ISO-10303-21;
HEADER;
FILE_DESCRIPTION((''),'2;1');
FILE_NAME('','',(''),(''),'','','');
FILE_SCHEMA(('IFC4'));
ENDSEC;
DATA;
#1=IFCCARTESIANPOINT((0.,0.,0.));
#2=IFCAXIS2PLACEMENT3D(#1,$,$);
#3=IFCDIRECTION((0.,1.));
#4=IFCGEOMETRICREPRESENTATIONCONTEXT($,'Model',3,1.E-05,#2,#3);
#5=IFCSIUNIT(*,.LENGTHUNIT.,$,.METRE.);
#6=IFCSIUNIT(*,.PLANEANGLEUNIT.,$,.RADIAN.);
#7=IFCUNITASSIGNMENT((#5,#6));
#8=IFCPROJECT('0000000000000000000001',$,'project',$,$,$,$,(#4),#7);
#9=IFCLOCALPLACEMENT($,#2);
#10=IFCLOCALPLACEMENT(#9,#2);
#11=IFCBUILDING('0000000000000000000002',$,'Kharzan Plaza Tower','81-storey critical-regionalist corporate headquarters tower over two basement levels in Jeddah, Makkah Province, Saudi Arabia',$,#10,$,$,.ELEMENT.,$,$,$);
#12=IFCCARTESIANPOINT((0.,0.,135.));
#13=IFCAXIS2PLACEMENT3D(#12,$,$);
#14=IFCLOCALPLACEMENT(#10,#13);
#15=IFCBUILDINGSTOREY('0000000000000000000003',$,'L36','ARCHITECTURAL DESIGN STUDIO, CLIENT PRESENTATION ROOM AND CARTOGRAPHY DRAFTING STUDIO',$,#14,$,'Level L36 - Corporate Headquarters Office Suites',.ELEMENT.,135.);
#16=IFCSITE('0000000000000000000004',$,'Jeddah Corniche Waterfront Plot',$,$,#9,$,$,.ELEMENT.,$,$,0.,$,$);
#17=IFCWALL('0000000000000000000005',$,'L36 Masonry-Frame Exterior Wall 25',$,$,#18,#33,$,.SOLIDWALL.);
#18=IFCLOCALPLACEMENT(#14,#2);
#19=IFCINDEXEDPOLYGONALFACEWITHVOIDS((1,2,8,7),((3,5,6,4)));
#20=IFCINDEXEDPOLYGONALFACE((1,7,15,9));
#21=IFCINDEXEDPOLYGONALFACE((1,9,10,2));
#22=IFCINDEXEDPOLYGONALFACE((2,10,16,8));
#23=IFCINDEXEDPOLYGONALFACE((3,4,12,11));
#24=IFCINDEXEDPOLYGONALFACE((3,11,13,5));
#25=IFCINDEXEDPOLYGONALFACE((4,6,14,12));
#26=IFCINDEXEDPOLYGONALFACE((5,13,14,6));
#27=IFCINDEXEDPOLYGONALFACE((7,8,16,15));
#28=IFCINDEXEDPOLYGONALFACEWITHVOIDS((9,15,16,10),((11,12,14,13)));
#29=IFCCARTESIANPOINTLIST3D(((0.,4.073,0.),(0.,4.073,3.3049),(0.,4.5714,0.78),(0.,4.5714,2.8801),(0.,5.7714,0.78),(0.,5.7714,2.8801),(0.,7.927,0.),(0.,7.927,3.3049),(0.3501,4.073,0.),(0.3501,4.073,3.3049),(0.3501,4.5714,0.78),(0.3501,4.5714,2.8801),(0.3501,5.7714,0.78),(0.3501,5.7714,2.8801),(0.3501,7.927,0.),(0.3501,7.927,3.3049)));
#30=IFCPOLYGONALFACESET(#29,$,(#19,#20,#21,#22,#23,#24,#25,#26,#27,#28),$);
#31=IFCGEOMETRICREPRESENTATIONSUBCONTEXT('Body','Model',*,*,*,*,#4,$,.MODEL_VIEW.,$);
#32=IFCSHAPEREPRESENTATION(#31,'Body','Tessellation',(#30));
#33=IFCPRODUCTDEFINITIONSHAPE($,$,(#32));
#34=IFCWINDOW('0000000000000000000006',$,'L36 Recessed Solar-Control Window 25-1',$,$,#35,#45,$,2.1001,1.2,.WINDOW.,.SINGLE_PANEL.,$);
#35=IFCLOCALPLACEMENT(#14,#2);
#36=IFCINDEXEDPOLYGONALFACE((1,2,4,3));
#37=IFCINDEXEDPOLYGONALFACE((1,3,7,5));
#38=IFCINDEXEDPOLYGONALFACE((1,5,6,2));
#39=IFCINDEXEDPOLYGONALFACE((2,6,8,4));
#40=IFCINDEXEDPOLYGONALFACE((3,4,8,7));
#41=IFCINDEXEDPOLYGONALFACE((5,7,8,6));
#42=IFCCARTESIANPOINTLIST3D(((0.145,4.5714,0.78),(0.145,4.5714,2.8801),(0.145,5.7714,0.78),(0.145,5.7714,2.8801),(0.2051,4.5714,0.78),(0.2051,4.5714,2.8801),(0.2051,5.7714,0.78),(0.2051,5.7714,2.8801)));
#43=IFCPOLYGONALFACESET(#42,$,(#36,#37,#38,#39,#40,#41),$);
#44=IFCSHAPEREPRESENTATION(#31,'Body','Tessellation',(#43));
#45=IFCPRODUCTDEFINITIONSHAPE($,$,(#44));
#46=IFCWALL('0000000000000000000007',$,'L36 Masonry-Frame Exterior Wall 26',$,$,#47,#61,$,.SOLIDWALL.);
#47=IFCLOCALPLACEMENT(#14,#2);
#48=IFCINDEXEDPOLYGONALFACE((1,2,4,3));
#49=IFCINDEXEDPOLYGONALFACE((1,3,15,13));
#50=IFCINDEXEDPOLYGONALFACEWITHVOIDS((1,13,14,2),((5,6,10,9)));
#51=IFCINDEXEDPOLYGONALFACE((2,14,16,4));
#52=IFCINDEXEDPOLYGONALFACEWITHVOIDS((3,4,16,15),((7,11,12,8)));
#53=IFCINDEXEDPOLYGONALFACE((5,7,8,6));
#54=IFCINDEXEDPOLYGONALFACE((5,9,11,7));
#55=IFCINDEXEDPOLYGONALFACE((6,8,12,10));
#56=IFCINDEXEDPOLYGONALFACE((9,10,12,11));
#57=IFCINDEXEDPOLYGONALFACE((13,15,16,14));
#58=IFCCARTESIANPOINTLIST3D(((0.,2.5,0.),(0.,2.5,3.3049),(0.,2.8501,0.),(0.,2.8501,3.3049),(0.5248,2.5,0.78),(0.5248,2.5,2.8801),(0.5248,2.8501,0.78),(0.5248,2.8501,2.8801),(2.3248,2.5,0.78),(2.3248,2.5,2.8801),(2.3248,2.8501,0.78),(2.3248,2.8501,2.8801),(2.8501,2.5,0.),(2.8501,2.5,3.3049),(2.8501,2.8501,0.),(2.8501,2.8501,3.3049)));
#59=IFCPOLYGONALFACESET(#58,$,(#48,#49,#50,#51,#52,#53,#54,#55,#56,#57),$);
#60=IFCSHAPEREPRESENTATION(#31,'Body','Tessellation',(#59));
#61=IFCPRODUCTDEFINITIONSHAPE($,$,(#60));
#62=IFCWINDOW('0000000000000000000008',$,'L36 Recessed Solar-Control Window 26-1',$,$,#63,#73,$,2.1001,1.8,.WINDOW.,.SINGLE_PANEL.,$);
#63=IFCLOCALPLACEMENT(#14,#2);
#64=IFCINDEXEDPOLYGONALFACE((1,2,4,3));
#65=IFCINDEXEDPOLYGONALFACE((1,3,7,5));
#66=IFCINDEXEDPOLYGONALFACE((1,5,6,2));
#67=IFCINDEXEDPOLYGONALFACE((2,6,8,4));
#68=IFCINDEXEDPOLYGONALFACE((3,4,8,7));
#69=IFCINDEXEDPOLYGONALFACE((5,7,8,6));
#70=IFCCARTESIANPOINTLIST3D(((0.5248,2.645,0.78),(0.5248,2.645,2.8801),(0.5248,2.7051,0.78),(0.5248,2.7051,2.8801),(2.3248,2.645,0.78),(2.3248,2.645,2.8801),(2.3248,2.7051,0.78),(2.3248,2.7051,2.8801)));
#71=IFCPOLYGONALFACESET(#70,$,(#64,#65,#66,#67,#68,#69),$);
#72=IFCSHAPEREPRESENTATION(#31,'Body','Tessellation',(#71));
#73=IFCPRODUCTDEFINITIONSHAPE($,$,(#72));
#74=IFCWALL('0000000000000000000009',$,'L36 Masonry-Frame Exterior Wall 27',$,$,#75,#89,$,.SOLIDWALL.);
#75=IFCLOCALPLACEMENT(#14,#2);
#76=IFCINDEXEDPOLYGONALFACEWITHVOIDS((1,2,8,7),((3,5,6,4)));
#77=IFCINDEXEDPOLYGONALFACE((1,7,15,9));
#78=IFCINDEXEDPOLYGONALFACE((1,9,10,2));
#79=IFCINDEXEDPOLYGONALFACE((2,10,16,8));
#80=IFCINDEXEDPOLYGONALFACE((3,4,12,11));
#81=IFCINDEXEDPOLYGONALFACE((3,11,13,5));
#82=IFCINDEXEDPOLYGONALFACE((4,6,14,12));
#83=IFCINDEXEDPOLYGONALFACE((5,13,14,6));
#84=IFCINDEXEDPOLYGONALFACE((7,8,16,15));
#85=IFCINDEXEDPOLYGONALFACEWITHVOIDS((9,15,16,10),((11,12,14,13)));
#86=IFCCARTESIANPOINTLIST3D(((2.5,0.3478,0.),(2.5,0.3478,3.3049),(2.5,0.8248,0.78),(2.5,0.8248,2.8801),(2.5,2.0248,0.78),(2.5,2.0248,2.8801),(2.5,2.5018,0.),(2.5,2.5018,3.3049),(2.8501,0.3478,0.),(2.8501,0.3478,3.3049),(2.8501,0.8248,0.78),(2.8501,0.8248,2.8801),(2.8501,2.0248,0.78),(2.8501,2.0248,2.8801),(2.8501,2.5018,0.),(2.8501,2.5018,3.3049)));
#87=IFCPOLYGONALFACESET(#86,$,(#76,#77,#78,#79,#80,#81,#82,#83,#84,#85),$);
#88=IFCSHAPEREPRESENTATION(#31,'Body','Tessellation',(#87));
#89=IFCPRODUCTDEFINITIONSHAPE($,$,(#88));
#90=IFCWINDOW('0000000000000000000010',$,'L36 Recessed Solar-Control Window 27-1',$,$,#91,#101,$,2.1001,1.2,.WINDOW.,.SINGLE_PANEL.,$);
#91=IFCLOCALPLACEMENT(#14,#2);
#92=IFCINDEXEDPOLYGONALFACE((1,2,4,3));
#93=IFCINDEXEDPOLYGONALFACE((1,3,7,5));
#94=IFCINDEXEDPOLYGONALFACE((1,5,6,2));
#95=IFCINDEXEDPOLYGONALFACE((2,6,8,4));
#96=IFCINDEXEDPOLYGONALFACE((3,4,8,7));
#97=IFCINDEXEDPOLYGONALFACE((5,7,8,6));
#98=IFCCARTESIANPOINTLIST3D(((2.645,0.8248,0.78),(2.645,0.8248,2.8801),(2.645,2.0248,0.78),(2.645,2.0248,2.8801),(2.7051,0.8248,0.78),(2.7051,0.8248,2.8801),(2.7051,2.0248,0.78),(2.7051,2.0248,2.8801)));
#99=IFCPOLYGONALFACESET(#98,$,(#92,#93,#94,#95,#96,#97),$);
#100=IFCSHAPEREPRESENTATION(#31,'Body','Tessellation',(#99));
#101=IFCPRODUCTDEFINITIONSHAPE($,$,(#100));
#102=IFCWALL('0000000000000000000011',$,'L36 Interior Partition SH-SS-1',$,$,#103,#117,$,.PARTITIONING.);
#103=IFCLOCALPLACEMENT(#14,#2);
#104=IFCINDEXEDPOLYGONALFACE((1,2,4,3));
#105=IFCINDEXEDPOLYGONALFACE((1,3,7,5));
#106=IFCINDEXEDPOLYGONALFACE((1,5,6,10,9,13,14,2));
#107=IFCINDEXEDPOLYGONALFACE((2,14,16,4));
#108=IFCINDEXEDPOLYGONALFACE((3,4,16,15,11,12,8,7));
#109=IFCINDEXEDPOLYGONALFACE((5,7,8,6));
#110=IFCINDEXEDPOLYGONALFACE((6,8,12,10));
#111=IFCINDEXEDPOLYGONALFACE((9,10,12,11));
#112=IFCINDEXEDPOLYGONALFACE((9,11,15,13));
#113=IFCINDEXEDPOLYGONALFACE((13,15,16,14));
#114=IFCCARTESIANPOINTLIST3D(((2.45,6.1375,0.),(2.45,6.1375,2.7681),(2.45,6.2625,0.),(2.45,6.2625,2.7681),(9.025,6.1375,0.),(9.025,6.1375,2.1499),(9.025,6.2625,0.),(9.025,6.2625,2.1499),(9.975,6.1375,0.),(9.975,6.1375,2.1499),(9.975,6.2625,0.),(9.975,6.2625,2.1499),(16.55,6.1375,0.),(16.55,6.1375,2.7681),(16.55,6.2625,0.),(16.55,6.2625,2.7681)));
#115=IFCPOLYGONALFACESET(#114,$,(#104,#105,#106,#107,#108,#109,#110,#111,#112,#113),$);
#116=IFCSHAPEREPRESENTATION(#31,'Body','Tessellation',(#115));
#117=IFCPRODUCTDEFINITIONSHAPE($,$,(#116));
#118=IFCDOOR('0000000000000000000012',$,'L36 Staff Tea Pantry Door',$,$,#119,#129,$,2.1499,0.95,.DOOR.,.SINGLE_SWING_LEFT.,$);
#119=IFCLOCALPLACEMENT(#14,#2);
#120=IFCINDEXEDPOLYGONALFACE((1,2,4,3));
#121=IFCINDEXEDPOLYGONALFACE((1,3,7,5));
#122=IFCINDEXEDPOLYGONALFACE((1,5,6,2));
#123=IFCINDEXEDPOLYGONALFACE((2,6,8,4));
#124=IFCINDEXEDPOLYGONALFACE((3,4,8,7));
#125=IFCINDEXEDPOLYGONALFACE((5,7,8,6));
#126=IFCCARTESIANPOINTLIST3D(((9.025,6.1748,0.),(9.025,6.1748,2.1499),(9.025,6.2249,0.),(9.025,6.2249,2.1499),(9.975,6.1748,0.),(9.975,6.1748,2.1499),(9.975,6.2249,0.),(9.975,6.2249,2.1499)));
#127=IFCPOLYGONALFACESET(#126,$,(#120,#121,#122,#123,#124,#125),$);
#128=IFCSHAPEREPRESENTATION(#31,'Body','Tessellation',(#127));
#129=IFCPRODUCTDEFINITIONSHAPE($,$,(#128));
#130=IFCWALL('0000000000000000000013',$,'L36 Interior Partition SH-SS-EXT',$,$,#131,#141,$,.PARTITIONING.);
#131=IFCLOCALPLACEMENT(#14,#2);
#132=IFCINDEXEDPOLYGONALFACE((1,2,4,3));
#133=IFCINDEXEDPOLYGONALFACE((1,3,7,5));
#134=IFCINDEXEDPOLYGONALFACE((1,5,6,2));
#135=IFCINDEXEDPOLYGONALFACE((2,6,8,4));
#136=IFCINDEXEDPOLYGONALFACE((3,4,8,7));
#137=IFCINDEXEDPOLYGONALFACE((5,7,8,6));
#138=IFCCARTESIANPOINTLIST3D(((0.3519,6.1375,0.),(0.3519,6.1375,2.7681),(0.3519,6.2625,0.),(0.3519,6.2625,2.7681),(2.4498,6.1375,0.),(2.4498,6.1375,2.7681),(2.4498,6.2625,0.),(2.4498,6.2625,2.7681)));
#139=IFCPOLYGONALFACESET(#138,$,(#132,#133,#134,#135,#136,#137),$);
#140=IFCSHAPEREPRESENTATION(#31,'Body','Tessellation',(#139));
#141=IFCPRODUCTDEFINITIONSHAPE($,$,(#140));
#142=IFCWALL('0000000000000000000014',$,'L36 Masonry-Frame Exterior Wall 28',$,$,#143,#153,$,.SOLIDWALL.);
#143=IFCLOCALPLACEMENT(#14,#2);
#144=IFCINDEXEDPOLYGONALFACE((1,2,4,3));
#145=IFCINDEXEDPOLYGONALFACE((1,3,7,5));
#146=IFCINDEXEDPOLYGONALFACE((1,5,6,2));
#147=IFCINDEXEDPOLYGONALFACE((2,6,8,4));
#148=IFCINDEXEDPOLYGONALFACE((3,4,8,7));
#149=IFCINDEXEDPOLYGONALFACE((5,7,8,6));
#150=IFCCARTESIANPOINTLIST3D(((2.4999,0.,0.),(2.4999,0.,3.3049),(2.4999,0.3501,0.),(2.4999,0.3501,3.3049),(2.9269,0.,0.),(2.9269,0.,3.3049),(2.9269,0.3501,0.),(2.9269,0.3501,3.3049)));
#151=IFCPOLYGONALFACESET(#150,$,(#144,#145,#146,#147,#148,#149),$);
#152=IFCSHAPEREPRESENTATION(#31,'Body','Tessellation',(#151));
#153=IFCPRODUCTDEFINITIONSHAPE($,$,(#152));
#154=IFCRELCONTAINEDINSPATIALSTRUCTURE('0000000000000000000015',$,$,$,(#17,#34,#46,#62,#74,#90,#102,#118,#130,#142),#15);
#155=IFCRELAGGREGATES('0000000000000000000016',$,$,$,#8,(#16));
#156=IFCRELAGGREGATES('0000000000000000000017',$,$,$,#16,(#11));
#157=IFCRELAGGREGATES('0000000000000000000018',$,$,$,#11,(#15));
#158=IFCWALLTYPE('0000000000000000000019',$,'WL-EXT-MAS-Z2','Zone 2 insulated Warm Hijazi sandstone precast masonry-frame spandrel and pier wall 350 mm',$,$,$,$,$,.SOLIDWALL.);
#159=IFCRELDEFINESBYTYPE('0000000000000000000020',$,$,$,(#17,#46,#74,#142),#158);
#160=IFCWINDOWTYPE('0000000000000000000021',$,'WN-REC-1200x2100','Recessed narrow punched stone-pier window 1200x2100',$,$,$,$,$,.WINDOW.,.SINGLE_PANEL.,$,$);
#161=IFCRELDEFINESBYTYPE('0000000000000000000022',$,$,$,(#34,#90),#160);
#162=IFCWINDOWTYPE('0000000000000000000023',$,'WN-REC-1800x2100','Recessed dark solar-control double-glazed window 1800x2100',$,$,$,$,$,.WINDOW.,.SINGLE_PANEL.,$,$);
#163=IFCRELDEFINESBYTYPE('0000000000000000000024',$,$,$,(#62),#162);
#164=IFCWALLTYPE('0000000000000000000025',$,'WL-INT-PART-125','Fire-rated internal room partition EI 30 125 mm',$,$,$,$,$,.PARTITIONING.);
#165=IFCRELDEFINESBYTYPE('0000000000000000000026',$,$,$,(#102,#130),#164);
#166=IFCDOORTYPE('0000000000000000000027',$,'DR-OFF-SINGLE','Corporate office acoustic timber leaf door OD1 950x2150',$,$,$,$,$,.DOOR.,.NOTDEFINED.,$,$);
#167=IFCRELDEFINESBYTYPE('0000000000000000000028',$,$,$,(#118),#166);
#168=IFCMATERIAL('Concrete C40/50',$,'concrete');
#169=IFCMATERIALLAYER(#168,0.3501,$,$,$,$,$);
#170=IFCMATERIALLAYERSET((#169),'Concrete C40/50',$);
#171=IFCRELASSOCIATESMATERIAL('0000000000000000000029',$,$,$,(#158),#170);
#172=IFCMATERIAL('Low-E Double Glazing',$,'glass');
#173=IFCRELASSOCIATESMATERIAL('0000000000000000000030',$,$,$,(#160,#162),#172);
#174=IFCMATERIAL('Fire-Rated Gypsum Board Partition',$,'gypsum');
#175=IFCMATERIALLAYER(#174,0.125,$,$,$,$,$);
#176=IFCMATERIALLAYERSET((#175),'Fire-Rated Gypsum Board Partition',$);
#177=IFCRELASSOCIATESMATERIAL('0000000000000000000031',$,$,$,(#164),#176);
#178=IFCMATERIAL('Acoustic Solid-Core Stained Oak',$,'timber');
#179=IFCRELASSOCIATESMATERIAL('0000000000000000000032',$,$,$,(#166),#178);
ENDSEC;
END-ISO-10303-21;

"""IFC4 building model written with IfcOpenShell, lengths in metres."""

from ifc_helpers import new_model, si_unit, direction, frame, frame_2d, origin, place, context, subcontext, project, spatial, rectangle, extrude, source, transform, mapped, material, layer, layer_set, type_object, element, fill, save


model = new_model("IFC4")

# Units and contexts
model_context = context("Model", 3, precision=1e-05, world=origin(), true_north=direction((0.0, 1.0)))
body_context = subcontext(model_context, "Body", "Model", "MODEL_VIEW")
ifc_project = project(units=[si_unit("LENGTHUNIT", "METRE"), si_unit("PLANEANGLEUNIT", "RADIAN")], contexts=[model_context])

# Site, building, storey
site_placement = place(None, origin())
site = spatial("IfcSite", under=ifc_project, at=site_placement, Name="Jeddah Corniche Waterfront Plot", CompositionType="ELEMENT", RefElevation=0.0)
building_placement = place(site_placement, origin())
building = spatial("IfcBuilding", under=site, at=building_placement, Name="Kharzan Plaza Tower", Description="81-storey critical-regionalist corporate headquarters tower over two basement levels in Jeddah, Makkah Province, Saudi Arabia", CompositionType="ELEMENT")
storey_placement = place(building_placement, frame((0.0, 0.0, 135.0)))
storey = spatial("IfcBuildingStorey", under=building, at=storey_placement, Name="L36", Description="ARCHITECTURAL DESIGN STUDIO, CLIENT PRESENTATION ROOM AND CARTOGRAPHY DRAFTING STUDIO", LongName="Level L36 - Corporate Headquarters Office Suites", CompositionType="ELEMENT", Elevation=135.0)

# Shared definitions
ifc_material_1 = material(Name="Concrete C40/50", Category="concrete")

# Walls, openings, windows
ifc_layer_1 = layer(ifc_material_1, 0.3501)
ifc_layer_set_1 = layer_set([ifc_layer_1], Name="Concrete C40/50")
wall_type_1 = type_object("IfcWallType", Name="WL-EXT-MAS-Z2", Description="Zone 2 insulated Warm Hijazi sandstone precast masonry-frame spandrel and pier wall 350 mm", PredefinedType="SOLIDWALL", material=ifc_layer_set_1)
wall_1_placement = place(storey_placement, frame((0.175, 7.927, 0.0), z_axis=(0.0, 0.0, 1.0), x_axis=(0.0, -1.0, 0.0)))
wall_1 = element("IfcWall", 1, at=wall_1_placement, inside=storey, type_object=wall_type_1, Name="L36 Masonry-Frame Exterior Wall 25", PredefinedType="SOLIDWALL", context=body_context, shape_type="SweptSolid", body=[
    extrude(rectangle(XDim=3.854, YDim=0.3501, at=frame_2d((1.927, 0.0))), origin(), (0.0, 0.0, 1.0), 3.3049),
])
opening_1_placement = place(wall_1_placement, frame((2.1555, 0.0, 0.78)))
opening_1 = element("IfcOpeningElement", 2, at=opening_1_placement, cuts=wall_1, PredefinedType="OPENING", context=body_context, shape_type="SweptSolid", body=[
    extrude(rectangle(XDim=1.2, YDim=2.1001, at=frame_2d((0.6001, 1.05))), frame((0.0, 0.1851, 0.0), z_axis=(0.0, -1.0, 0.0), x_axis=(1.0, 0.0, 0.0)), (0.0, 0.0, 1.0), 0.3701),
])
ifc_material_2 = material(Name="Low-E Double Glazing", Category="glass")
window_type_1 = type_object("IfcWindowType", Name="WN-REC-1200x2100", Description="Recessed narrow punched stone-pier window 1200x2100", PartitioningType="SINGLE_PANEL", PredefinedType="WINDOW", material=ifc_material_2)
shared_shape_1 = source(origin(), body_context, "Body", "SweptSolid", [
    extrude(rectangle(XDim=1.2, YDim=2.1001, at=frame_2d((0.6001, 1.05))), frame((0.0, 0.03, 0.0), z_axis=(0.0, -1.0, 0.0), x_axis=(1.0, 0.0, 0.0)), (0.0, 0.0, 1.0), 0.0601),
])
window_1_placement = place(opening_1_placement, origin())
window_1 = element("IfcWindow", 3, at=window_1_placement, inside=storey, type_object=window_type_1, Name="L36 Recessed Solar-Control Window 25-1", OverallHeight=2.1001, OverallWidth=1.2, PartitioningType="SINGLE_PANEL", PredefinedType="WINDOW", context=body_context, shape_type="MappedRepresentation", body=[
    mapped(shared_shape_1, transform((0.0, 0.0, 0.0), x_axis=(1.0, 0.0, 0.0), y_axis=(0.0, 1.0, 0.0), z_axis=(0.0, 0.0, 1.0))),
])
fill(opening_1, window_1)
wall_2_placement = place(storey_placement, frame((0.0, 2.675, 0.0), z_axis=(0.0, 0.0, 1.0), x_axis=(1.0, 0.0, 0.0)))
wall_2 = element("IfcWall", 4, at=wall_2_placement, inside=storey, type_object=wall_type_1, Name="L36 Masonry-Frame Exterior Wall 26", PredefinedType="SOLIDWALL", context=body_context, shape_type="SweptSolid", body=[
    extrude(rectangle(XDim=2.8501, YDim=0.3501, at=frame_2d((1.425, 0.0))), origin(), (0.0, 0.0, 1.0), 3.3049),
])
opening_2_placement = place(wall_2_placement, frame((0.5249, 0.0, 0.78)))
opening_2 = element("IfcOpeningElement", 5, at=opening_2_placement, cuts=wall_2, PredefinedType="OPENING", context=body_context, shape_type="SweptSolid", body=[
    extrude(rectangle(XDim=1.8, YDim=2.1001, at=frame_2d((0.8999, 1.05))), frame((0.0, 0.1851, 0.0), z_axis=(0.0, -1.0, 0.0), x_axis=(1.0, 0.0, 0.0)), (0.0, 0.0, 1.0), 0.3701),
])
window_type_2 = type_object("IfcWindowType", Name="WN-REC-1800x2100", Description="Recessed dark solar-control double-glazed window 1800x2100", PartitioningType="SINGLE_PANEL", PredefinedType="WINDOW", material=ifc_material_2)
shared_shape_2 = source(origin(), body_context, "Body", "SweptSolid", [
    extrude(rectangle(XDim=1.8, YDim=2.1001, at=frame_2d((0.8999, 1.05))), frame((0.0, 0.03, 0.0), z_axis=(0.0, -1.0, 0.0), x_axis=(1.0, 0.0, 0.0)), (0.0, 0.0, 1.0), 0.0601),
])
window_2_placement = place(opening_2_placement, origin())
window_2 = element("IfcWindow", 6, at=window_2_placement, inside=storey, type_object=window_type_2, Name="L36 Recessed Solar-Control Window 26-1", OverallHeight=2.1001, OverallWidth=1.8, PartitioningType="SINGLE_PANEL", PredefinedType="WINDOW", context=body_context, shape_type="MappedRepresentation", body=[
    mapped(shared_shape_2, transform((0.0, 0.0, 0.0), x_axis=(1.0, 0.0, 0.0), y_axis=(0.0, 1.0, 0.0), z_axis=(0.0, 0.0, 1.0))),
])
fill(opening_2, window_2)
wall_3_placement = place(storey_placement, frame((2.675, 2.502, 0.0), z_axis=(0.0, 0.0, 1.0), x_axis=(0.0, -1.0, 0.0)))
wall_3 = element("IfcWall", 7, at=wall_3_placement, inside=storey, type_object=wall_type_1, Name="L36 Masonry-Frame Exterior Wall 27", PredefinedType="SOLIDWALL", context=body_context, shape_type="SweptSolid", body=[
    extrude(rectangle(XDim=2.1541, YDim=0.3501, at=frame_2d((1.0771, 0.0))), origin(), (0.0, 0.0, 1.0), 3.3049),
])
opening_3_placement = place(wall_3_placement, frame((0.4771, 0.0, 0.78)))
opening_3 = element("IfcOpeningElement", 8, at=opening_3_placement, cuts=wall_3, PredefinedType="OPENING", context=body_context, shape_type="SweptSolid", body=[
    extrude(rectangle(XDim=1.2, YDim=2.1001, at=frame_2d((0.6001, 1.05))), frame((0.0, 0.1851, 0.0), z_axis=(0.0, -1.0, 0.0), x_axis=(1.0, 0.0, 0.0)), (0.0, 0.0, 1.0), 0.3701),
])
window_3_placement = place(opening_3_placement, origin())
window_3 = element("IfcWindow", 9, at=window_3_placement, inside=storey, type_object=window_type_1, Name="L36 Recessed Solar-Control Window 27-1", OverallHeight=2.1001, OverallWidth=1.2, PartitioningType="SINGLE_PANEL", PredefinedType="WINDOW", context=body_context, shape_type="MappedRepresentation", body=[
    mapped(shared_shape_1, transform((0.0, 0.0, 0.0), x_axis=(1.0, 0.0, 0.0), y_axis=(0.0, 1.0, 0.0), z_axis=(0.0, 0.0, 1.0))),
])
fill(opening_3, window_3)

# Wall, opening, door
ifc_material_3 = material(Name="Fire-Rated Gypsum Board Partition", Category="gypsum")
ifc_layer_2 = layer(ifc_material_3, 0.125)
ifc_layer_set_2 = layer_set([ifc_layer_2], Name="Fire-Rated Gypsum Board Partition")
wall_type_2 = type_object("IfcWallType", Name="WL-INT-PART-125", Description="Fire-rated internal room partition EI 30 125 mm", PredefinedType="PARTITIONING", material=ifc_layer_set_2)
ifc_material_4 = material(Name="Acoustic Solid-Core Stained Oak", Category="timber")
door_type = type_object("IfcDoorType", Name="DR-OFF-SINGLE", Description="Corporate office acoustic timber leaf door OD1 950x2150", OperationType="NOTDEFINED", PredefinedType="DOOR", material=ifc_material_4)
shared_shape_3 = source(origin(), body_context, "Body", "SweptSolid", [
    extrude(rectangle(XDim=0.95, YDim=2.1499, at=frame_2d((0.4751, 1.075))), frame((0.0, 0.0249, 0.0), z_axis=(0.0, -1.0, 0.0), x_axis=(1.0, 0.0, 0.0)), (0.0, 0.0, 1.0), 0.05),
])
wall_4_placement = place(storey_placement, frame((2.45, 6.2, 0.0), z_axis=(0.0, 0.0, 1.0), x_axis=(1.0, 0.0, 0.0)))
wall_4 = element("IfcWall", 10, at=wall_4_placement, inside=storey, type_object=wall_type_2, Name="L36 Interior Partition SH-SS-1", PredefinedType="PARTITIONING", context=body_context, shape_type="SweptSolid", body=[
    extrude(rectangle(XDim=14.1001, YDim=0.125, at=frame_2d((7.05, 0.0))), origin(), (0.0, 0.0, 1.0), 2.7681),
])
opening_4_placement = place(wall_4_placement, frame((6.575, 0.0, 0.0)))
opening_4 = element("IfcOpeningElement", 11, at=opening_4_placement, cuts=wall_4, PredefinedType="OPENING", context=body_context, shape_type="SweptSolid", body=[
    extrude(rectangle(XDim=0.95, YDim=2.1499, at=frame_2d((0.4751, 1.075))), frame((0.0, 0.0725, 0.0), z_axis=(0.0, -1.0, 0.0), x_axis=(1.0, 0.0, 0.0)), (0.0, 0.0, 1.0), 0.145),
])
door_1_placement = place(opening_4_placement, origin())
door_1 = element("IfcDoor", 12, at=door_1_placement, inside=storey, type_object=door_type, Name="L36 Staff Tea Pantry Door", OperationType="SINGLE_SWING_LEFT", OverallHeight=2.1499, OverallWidth=0.95, PredefinedType="DOOR", context=body_context, shape_type="MappedRepresentation", body=[
    mapped(shared_shape_3, transform((0.0, 0.0, 0.0), x_axis=(1.0, 0.0, 0.0), y_axis=(0.0, 1.0, 0.0), z_axis=(0.0, 0.0, 1.0))),
])
fill(opening_4, door_1)

# Walls
shared_shape_4 = source(origin(), body_context, "Body", "SweptSolid", [
    extrude(rectangle(XDim=2.0979, YDim=0.125, at=frame_2d((1.0488, 0.0))), origin(), (0.0, 0.0, 1.0), 2.7681),
])
wall_5_placement = place(storey_placement, frame((0.3521, 6.2, 0.0), z_axis=(0.0, 0.0, 1.0), x_axis=(1.0, 0.0, 0.0)))
element("IfcWall", 13, at=wall_5_placement, inside=storey, type_object=wall_type_2, Name="L36 Interior Partition SH-SS-EXT", PredefinedType="PARTITIONING", context=body_context, shape_type="MappedRepresentation", body=[
    mapped(shared_shape_4, transform((0.0, 0.0, 0.0), x_axis=(1.0, 0.0, 0.0), y_axis=(0.0, 1.0, 0.0), z_axis=(0.0, 0.0, 1.0))),
])
shared_shape_5 = source(origin(), body_context, "Body", "SweptSolid", [
    extrude(rectangle(XDim=0.427, YDim=0.3501, at=frame_2d((0.2134, 0.0))), origin(), (0.0, 0.0, 1.0), 3.3049),
])
wall_6_placement = place(storey_placement, frame((2.5, 0.175, 0.0), z_axis=(0.0, 0.0, 1.0), x_axis=(1.0, 0.0, 0.0)))
element("IfcWall", 14, at=wall_6_placement, inside=storey, type_object=wall_type_1, Name="L36 Masonry-Frame Exterior Wall 28", PredefinedType="SOLIDWALL", context=body_context, shape_type="MappedRepresentation", body=[
    mapped(shared_shape_5, transform((0.0, 0.0, 0.0), x_axis=(1.0, 0.0, 0.0), y_axis=(0.0, 1.0, 0.0), z_axis=(0.0, 0.0, 1.0))),
])

save(model, "model.ifc")
